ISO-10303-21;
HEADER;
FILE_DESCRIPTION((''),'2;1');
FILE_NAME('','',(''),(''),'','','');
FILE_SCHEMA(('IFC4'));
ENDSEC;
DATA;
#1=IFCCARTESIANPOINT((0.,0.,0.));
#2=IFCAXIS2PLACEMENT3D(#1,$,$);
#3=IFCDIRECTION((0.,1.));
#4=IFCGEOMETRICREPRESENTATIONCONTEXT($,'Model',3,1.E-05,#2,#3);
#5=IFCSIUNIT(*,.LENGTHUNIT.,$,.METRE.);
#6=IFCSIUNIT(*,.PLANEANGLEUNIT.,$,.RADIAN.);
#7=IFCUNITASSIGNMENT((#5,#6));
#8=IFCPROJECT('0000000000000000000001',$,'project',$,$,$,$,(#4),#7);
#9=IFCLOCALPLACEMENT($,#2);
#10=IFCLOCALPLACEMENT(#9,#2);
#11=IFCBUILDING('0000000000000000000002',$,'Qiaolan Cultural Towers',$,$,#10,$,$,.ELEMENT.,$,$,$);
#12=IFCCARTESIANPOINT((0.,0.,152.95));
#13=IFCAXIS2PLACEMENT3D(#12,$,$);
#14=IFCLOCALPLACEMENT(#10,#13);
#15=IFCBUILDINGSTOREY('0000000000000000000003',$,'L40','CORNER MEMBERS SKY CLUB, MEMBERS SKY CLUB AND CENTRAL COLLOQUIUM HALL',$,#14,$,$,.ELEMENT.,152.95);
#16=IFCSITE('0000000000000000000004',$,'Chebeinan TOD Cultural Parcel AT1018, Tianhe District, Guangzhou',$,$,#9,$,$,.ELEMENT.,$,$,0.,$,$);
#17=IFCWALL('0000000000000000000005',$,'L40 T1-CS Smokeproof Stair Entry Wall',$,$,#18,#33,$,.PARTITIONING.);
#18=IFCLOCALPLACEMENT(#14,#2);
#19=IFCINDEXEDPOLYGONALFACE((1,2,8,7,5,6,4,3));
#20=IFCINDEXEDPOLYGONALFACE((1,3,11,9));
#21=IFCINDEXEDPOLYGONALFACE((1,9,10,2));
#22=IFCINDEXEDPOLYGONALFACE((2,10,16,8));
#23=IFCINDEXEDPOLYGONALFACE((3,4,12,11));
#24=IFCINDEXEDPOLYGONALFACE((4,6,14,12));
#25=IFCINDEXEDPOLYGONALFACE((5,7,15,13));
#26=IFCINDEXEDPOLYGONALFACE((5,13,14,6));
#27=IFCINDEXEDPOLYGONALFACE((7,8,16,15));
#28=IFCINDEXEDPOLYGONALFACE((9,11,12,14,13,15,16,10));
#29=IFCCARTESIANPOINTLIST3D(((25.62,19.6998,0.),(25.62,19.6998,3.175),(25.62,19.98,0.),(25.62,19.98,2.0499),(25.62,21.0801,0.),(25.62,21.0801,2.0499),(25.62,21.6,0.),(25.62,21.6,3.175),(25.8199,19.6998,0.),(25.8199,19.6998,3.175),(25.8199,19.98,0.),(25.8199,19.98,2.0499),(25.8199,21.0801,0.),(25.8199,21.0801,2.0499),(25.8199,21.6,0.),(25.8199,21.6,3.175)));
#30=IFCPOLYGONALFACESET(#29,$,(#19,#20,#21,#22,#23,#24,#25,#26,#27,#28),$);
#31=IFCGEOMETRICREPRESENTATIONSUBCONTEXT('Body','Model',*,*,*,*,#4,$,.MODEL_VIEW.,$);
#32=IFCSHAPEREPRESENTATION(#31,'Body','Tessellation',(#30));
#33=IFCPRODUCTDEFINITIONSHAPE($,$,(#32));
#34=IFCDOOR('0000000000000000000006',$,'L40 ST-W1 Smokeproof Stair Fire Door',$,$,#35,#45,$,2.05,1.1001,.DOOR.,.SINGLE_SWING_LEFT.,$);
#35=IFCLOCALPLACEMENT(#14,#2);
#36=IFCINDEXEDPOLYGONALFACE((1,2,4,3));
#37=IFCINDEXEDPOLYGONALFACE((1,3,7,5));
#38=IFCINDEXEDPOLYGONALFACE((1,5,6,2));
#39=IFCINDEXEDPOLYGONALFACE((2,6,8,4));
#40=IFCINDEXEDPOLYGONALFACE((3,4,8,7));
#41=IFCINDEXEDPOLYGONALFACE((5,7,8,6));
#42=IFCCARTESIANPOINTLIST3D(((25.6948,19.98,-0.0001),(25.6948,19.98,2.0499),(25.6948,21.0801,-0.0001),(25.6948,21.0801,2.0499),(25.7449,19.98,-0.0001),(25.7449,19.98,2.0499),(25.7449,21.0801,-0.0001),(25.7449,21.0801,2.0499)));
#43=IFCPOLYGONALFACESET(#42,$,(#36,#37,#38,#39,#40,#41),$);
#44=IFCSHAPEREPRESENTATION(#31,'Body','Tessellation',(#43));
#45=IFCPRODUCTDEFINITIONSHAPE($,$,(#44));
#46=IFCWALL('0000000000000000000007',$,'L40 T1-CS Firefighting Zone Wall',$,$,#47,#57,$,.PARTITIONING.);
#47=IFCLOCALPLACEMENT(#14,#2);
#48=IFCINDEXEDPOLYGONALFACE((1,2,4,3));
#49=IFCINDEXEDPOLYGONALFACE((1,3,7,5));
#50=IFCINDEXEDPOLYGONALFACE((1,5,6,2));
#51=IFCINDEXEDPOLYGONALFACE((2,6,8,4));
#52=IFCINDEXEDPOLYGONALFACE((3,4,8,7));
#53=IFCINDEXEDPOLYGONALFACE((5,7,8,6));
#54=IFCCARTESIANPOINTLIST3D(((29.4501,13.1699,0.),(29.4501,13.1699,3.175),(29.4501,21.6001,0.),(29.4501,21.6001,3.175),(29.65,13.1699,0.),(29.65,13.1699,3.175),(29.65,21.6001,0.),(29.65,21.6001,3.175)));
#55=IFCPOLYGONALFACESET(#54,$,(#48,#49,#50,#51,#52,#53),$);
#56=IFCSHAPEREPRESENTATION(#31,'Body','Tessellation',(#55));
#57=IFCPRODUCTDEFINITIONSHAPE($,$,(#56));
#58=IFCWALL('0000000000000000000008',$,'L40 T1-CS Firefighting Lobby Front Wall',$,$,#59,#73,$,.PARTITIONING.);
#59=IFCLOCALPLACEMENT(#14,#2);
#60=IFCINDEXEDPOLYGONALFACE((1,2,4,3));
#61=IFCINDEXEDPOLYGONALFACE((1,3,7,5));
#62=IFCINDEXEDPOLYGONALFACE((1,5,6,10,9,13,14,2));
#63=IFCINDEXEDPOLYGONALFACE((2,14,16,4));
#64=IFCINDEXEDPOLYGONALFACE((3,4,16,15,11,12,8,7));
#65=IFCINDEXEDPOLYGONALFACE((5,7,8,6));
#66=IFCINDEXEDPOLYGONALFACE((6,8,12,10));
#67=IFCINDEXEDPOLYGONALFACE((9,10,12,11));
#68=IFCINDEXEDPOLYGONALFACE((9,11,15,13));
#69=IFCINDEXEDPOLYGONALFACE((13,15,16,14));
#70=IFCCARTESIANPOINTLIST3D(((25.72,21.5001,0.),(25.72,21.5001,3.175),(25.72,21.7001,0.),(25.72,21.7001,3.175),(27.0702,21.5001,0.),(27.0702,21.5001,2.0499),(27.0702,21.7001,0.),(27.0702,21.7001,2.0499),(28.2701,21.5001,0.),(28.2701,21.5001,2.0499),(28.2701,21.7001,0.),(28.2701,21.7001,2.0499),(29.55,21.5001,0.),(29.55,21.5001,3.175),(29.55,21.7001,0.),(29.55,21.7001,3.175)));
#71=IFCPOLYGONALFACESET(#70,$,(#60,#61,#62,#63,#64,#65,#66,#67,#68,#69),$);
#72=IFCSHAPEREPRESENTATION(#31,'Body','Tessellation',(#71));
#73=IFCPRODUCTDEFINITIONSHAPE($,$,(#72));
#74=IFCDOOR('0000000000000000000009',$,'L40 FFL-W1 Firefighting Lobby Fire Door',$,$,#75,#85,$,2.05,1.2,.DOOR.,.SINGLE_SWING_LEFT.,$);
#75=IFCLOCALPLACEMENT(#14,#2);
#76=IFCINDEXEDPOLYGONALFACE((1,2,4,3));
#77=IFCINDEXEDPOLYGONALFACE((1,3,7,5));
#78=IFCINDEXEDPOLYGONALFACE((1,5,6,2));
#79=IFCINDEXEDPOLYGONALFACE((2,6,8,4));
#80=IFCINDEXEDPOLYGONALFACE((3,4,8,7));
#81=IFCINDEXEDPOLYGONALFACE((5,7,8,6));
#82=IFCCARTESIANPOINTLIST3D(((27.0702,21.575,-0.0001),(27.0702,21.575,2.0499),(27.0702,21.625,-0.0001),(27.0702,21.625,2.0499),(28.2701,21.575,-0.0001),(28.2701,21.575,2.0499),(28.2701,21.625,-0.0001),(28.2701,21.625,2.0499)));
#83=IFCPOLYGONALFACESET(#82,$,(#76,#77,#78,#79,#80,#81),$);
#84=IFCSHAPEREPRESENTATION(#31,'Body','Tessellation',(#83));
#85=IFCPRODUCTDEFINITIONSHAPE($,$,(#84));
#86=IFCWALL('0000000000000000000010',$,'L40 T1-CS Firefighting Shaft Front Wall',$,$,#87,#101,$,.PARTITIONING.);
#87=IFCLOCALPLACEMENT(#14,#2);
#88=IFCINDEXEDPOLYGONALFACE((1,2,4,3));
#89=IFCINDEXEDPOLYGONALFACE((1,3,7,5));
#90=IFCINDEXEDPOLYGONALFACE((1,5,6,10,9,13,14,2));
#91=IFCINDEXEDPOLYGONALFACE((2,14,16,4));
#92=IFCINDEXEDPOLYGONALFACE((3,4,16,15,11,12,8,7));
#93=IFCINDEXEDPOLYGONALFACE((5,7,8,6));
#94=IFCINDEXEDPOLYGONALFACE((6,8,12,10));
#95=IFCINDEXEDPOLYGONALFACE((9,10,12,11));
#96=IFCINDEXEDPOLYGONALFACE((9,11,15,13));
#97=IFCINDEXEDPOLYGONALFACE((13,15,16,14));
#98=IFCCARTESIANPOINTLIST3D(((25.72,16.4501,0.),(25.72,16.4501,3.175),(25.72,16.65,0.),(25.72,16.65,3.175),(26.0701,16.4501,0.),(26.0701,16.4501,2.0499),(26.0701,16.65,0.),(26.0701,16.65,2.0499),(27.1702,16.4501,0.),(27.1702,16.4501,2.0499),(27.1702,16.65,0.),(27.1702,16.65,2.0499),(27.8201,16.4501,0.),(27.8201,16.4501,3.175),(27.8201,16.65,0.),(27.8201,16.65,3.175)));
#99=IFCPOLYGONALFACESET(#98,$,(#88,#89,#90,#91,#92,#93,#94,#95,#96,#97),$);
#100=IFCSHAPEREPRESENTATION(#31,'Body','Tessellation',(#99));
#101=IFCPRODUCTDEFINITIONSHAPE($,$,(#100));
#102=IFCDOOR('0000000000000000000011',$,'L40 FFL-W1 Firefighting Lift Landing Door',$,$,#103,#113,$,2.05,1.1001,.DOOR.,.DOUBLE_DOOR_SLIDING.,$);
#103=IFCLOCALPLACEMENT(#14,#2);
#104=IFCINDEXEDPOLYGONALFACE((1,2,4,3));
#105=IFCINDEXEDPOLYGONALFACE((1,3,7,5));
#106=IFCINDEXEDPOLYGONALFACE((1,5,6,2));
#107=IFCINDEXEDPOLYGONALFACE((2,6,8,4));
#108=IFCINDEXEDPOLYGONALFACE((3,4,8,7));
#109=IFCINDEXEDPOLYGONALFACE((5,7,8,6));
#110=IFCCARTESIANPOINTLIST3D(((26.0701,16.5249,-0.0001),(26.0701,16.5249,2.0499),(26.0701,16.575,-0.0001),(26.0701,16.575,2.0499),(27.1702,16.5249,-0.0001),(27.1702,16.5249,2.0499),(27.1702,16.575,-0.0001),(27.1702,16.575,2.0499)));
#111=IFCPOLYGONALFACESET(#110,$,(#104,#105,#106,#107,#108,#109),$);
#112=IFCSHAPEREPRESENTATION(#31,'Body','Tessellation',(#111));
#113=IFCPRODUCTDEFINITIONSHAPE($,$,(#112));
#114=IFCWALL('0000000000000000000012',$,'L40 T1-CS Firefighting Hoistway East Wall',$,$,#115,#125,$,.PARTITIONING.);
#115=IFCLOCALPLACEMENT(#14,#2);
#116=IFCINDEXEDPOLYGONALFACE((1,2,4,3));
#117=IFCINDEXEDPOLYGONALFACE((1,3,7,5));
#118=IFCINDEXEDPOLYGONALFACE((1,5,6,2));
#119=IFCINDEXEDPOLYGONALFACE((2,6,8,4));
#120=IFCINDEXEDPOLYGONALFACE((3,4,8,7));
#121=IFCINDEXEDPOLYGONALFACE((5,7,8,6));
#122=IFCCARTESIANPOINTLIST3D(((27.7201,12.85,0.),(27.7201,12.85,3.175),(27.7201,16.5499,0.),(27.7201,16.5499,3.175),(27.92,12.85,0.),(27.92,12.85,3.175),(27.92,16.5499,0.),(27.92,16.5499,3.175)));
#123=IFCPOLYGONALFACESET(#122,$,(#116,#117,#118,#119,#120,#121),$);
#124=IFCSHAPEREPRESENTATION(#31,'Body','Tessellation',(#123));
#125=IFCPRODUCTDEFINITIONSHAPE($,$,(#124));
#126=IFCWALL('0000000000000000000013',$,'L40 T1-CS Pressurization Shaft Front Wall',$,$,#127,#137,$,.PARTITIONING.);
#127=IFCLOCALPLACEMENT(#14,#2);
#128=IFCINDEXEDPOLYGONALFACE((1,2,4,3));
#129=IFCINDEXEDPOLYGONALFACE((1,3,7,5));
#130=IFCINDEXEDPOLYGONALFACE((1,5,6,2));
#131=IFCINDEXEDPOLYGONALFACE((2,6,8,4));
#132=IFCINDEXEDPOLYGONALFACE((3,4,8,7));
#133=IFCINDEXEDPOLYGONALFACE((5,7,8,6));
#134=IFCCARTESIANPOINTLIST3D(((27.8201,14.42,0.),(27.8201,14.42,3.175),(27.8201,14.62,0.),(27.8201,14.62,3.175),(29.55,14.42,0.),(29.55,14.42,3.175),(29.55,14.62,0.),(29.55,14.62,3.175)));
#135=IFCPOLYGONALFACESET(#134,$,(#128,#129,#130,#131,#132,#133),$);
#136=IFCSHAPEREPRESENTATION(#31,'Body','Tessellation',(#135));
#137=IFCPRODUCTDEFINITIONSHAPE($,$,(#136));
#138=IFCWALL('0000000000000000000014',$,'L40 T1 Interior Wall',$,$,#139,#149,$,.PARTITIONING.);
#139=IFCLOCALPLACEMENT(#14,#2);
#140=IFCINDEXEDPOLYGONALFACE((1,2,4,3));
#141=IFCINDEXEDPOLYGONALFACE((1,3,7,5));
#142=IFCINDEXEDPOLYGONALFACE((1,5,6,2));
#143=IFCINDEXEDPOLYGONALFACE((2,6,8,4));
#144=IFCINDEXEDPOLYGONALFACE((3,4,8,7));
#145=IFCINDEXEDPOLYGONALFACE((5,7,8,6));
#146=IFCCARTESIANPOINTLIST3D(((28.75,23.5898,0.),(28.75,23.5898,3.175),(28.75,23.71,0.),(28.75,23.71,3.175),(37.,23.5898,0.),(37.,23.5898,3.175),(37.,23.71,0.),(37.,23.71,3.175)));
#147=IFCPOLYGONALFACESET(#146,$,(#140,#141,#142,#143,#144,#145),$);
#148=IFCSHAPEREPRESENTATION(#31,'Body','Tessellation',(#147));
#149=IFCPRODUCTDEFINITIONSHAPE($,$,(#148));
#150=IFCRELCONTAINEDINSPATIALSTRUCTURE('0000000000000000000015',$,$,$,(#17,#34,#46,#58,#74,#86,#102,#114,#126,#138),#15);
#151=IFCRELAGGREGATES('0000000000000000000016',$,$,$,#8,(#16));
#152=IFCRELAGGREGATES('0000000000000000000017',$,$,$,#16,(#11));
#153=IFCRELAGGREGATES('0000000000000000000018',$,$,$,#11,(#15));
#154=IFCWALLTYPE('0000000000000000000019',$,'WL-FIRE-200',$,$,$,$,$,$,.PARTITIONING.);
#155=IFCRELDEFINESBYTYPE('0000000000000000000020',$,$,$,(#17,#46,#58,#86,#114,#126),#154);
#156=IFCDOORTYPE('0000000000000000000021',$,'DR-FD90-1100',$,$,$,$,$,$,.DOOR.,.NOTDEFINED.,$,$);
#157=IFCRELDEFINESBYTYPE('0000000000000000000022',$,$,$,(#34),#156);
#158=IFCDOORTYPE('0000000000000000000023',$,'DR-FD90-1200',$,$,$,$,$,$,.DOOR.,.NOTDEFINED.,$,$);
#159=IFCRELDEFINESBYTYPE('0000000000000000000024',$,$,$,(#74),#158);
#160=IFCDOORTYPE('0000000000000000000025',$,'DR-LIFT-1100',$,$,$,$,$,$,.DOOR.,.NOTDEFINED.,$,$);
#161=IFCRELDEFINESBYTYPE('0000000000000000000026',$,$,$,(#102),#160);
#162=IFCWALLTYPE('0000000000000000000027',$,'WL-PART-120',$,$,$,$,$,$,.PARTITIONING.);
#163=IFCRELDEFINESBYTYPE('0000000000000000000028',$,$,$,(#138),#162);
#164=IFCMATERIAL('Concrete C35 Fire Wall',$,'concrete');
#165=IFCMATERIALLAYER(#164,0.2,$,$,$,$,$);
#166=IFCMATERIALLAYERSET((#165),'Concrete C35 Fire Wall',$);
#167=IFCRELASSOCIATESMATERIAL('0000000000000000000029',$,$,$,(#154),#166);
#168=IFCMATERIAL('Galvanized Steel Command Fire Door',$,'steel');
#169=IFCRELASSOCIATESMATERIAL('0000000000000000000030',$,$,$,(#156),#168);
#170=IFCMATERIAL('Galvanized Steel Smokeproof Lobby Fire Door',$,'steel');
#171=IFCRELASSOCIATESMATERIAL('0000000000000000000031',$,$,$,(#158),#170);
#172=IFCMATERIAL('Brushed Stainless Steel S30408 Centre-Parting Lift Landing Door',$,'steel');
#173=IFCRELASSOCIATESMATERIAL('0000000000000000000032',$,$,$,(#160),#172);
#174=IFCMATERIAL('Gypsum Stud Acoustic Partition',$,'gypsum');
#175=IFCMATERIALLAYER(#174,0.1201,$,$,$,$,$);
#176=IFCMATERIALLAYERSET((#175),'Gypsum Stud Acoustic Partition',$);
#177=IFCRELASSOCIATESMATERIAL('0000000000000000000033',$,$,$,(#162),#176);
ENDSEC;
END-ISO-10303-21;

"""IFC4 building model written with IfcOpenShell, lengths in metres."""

from ifc_helpers import new_model, si_unit, direction, frame, frame_2d, origin, place, context, subcontext, project, spatial, rectangle, extrude, material, layer, layer_set, type_object, element, fill, save


model = new_model("IFC4")

# Units and contexts
model_context = context("Model", 3, precision=1e-05, world=origin(), true_north=direction((0.0, 1.0)))
body_context = subcontext(model_context, "Body", "Model", "MODEL_VIEW")
ifc_project = project(units=[si_unit("LENGTHUNIT", "METRE"), si_unit("PLANEANGLEUNIT", "RADIAN")], contexts=[model_context])

# Site, building, storey
site_placement = place(None, origin())
site = spatial("IfcSite", under=ifc_project, at=site_placement, Name="Chebeinan TOD Cultural Parcel AT1018, Tianhe District, Guangzhou", CompositionType="ELEMENT", RefElevation=0.0)
building_placement = place(site_placement, origin())
building = spatial("IfcBuilding", under=site, at=building_placement, Name="Qiaolan Cultural Towers", CompositionType="ELEMENT")
storey_placement = place(building_placement, frame((0.0, 0.0, 152.95)))
storey = spatial("IfcBuildingStorey", under=building, at=storey_placement, Name="L40", Description="CORNER MEMBERS SKY CLUB, MEMBERS SKY CLUB AND CENTRAL COLLOQUIUM HALL", CompositionType="ELEMENT", Elevation=152.95)

# Wall, opening, door
ifc_material_1 = material(Name="Concrete C35 Fire Wall", Category="concrete")
ifc_layer_1 = layer(ifc_material_1, 0.2)
ifc_layer_set_1 = layer_set([ifc_layer_1], Name="Concrete C35 Fire Wall")
wall_type_1 = type_object("IfcWallType", Name="WL-FIRE-200", PredefinedType="PARTITIONING", material=ifc_layer_set_1)
wall_1_placement = place(storey_placement, frame((25.72, 21.6001, 0.0), z_axis=(0.0, 0.0, 1.0), x_axis=(0.0, -1.0, 0.0)))
wall_1 = element("IfcWall", 1, at=wall_1_placement, inside=storey, type_object=wall_type_1, Name="L40 T1-CS Smokeproof Stair Entry Wall", PredefinedType="PARTITIONING", context=body_context, shape_type="SweptSolid", body=[
    extrude(rectangle(XDim=1.9001, YDim=0.2, at=frame_2d((0.9502, 0.0))), origin(), (0.0, 0.0, 1.0), 3.175),
])
opening_1_placement = place(wall_1_placement, frame((0.52, 0.0, 0.0)))
opening_1 = element("IfcOpeningElement", 2, at=opening_1_placement, cuts=wall_1, PredefinedType="OPENING", context=body_context, shape_type="SweptSolid", body=[
    extrude(rectangle(XDim=1.1001, YDim=2.05, at=frame_2d((0.55, 1.0249))), frame((0.0, 0.1099, 0.0), z_axis=(0.0, -1.0, 0.0), x_axis=(1.0, 0.0, 0.0)), (0.0, 0.0, 1.0), 0.22),
])
ifc_material_2 = material(Name="Galvanized Steel Command Fire Door", Category="steel")
door_type_1 = type_object("IfcDoorType", Name="DR-FD90-1100", OperationType="NOTDEFINED", PredefinedType="DOOR", material=ifc_material_2)
door_1_placement = place(opening_1_placement, origin())
door_1 = element("IfcDoor", 3, at=door_1_placement, inside=storey, type_object=door_type_1, Name="L40 ST-W1 Smokeproof Stair Fire Door", OperationType="SINGLE_SWING_LEFT", OverallHeight=2.05, OverallWidth=1.1001, PredefinedType="DOOR", context=body_context, shape_type="SweptSolid", body=[
    extrude(rectangle(XDim=1.1001, YDim=2.05, at=frame_2d((0.55, 1.0249))), frame((0.0, 0.0249, 0.0), z_axis=(0.0, -1.0, 0.0), x_axis=(1.0, 0.0, 0.0)), (0.0, 0.0, 1.0), 0.05),
])
fill(opening_1, door_1)

# Wall
wall_2_placement = place(storey_placement, frame((29.55, 21.6001, 0.0), z_axis=(0.0, 0.0, 1.0), x_axis=(0.0, -1.0, 0.0)))
element("IfcWall", 4, at=wall_2_placement, inside=storey, type_object=wall_type_1, Name="L40 T1-CS Firefighting Zone Wall", PredefinedType="PARTITIONING", context=body_context, shape_type="SweptSolid", body=[
    extrude(rectangle(XDim=8.4302, YDim=0.2, at=frame_2d((4.2151, 0.0))), origin(), (0.0, 0.0, 1.0), 3.175),
])

# Walls, openings, doors
wall_3_placement = place(storey_placement, frame((25.72, 21.6001, 0.0), z_axis=(0.0, 0.0, 1.0), x_axis=(1.0, 0.0, 0.0)))
wall_3 = element("IfcWall", 5, at=wall_3_placement, inside=storey, type_object=wall_type_1, Name="L40 T1-CS Firefighting Lobby Front Wall", PredefinedType="PARTITIONING", context=body_context, shape_type="SweptSolid", body=[
    extrude(rectangle(XDim=3.8301, YDim=0.2, at=frame_2d((1.915, 0.0))), origin(), (0.0, 0.0, 1.0), 3.175),
])
opening_2_placement = place(wall_3_placement, frame((1.3501, 0.0, 0.0)))
opening_2 = element("IfcOpeningElement", 6, at=opening_2_placement, cuts=wall_3, PredefinedType="OPENING", context=body_context, shape_type="SweptSolid", body=[
    extrude(rectangle(XDim=1.2, YDim=2.05, at=frame_2d((0.6001, 1.0249))), frame((0.0, 0.1099, 0.0), z_axis=(0.0, -1.0, 0.0), x_axis=(1.0, 0.0, 0.0)), (0.0, 0.0, 1.0), 0.22),
])
ifc_material_3 = material(Name="Galvanized Steel Smokeproof Lobby Fire Door", Category="steel")
door_type_2 = type_object("IfcDoorType", Name="DR-FD90-1200", OperationType="NOTDEFINED", PredefinedType="DOOR", material=ifc_material_3)
door_2_placement = place(opening_2_placement, origin())
door_2 = element("IfcDoor", 7, at=door_2_placement, inside=storey, type_object=door_type_2, Name="L40 FFL-W1 Firefighting Lobby Fire Door", OperationType="SINGLE_SWING_LEFT", OverallHeight=2.05, OverallWidth=1.2, PredefinedType="DOOR", context=body_context, shape_type="SweptSolid", body=[
    extrude(rectangle(XDim=1.2, YDim=2.05, at=frame_2d((0.6001, 1.0249))), frame((0.0, 0.0249, 0.0), z_axis=(0.0, -1.0, 0.0), x_axis=(1.0, 0.0, 0.0)), (0.0, 0.0, 1.0), 0.05),
])
fill(opening_2, door_2)
wall_4_placement = place(storey_placement, frame((25.72, 16.55, 0.0), z_axis=(0.0, 0.0, 1.0), x_axis=(1.0, 0.0, 0.0)))
wall_4 = element("IfcWall", 8, at=wall_4_placement, inside=storey, type_object=wall_type_1, Name="L40 T1-CS Firefighting Shaft Front Wall", PredefinedType="PARTITIONING", context=body_context, shape_type="SweptSolid", body=[
    extrude(rectangle(XDim=2.1001, YDim=0.2, at=frame_2d((1.05, 0.0))), origin(), (0.0, 0.0, 1.0), 3.175),
])
opening_3_placement = place(wall_4_placement, frame((0.3501, 0.0, 0.0)))
opening_3 = element("IfcOpeningElement", 9, at=opening_3_placement, cuts=wall_4, PredefinedType="OPENING", context=body_context, shape_type="SweptSolid", body=[
    extrude(rectangle(XDim=1.1001, YDim=2.05, at=frame_2d((0.55, 1.0249))), frame((0.0, 0.1099, 0.0), z_axis=(0.0, -1.0, 0.0), x_axis=(1.0, 0.0, 0.0)), (0.0, 0.0, 1.0), 0.22),
])
ifc_material_4 = material(Name="Brushed Stainless Steel S30408 Centre-Parting Lift Landing Door", Category="steel")
door_type_3 = type_object("IfcDoorType", Name="DR-LIFT-1100", OperationType="NOTDEFINED", PredefinedType="DOOR", material=ifc_material_4)
door_3_placement = place(opening_3_placement, origin())
door_3 = element("IfcDoor", 10, at=door_3_placement, inside=storey, type_object=door_type_3, Name="L40 FFL-W1 Firefighting Lift Landing Door", OperationType="DOUBLE_DOOR_SLIDING", OverallHeight=2.05, OverallWidth=1.1001, PredefinedType="DOOR", context=body_context, shape_type="SweptSolid", body=[
    extrude(rectangle(XDim=1.1001, YDim=2.05, at=frame_2d((0.55, 1.0249))), frame((0.0, 0.0249, 0.0), z_axis=(0.0, -1.0, 0.0), x_axis=(1.0, 0.0, 0.0)), (0.0, 0.0, 1.0), 0.05),
])
fill(opening_3, door_3)

# Walls
wall_5_placement = place(storey_placement, frame((27.8201, 16.55, 0.0), z_axis=(0.0, 0.0, 1.0), x_axis=(0.0, -1.0, 0.0)))
element("IfcWall", 11, at=wall_5_placement, inside=storey, type_object=wall_type_1, Name="L40 T1-CS Firefighting Hoistway East Wall", PredefinedType="PARTITIONING", context=body_context, shape_type="SweptSolid", body=[
    extrude(rectangle(XDim=3.7, YDim=0.2, at=frame_2d((1.8501, 0.0))), origin(), (0.0, 0.0, 1.0), 3.175),
])
wall_6_placement = place(storey_placement, frame((27.8201, 14.52, 0.0), z_axis=(0.0, 0.0, 1.0), x_axis=(1.0, 0.0, 0.0)))
element("IfcWall", 12, at=wall_6_placement, inside=storey, type_object=wall_type_1, Name="L40 T1-CS Pressurization Shaft Front Wall", PredefinedType="PARTITIONING", context=body_context, shape_type="SweptSolid", body=[
    extrude(rectangle(XDim=1.73, YDim=0.2, at=frame_2d((0.865, 0.0))), origin(), (0.0, 0.0, 1.0), 3.175),
])
ifc_material_5 = material(Name="Gypsum Stud Acoustic Partition", Category="gypsum")
ifc_layer_2 = layer(ifc_material_5, 0.1201)
ifc_layer_set_2 = layer_set([ifc_layer_2], Name="Gypsum Stud Acoustic Partition")
wall_type_2 = type_object("IfcWallType", Name="WL-PART-120", PredefinedType="PARTITIONING", material=ifc_layer_set_2)
wall_7_placement = place(storey_placement, frame((28.75, 23.6499, 0.0), z_axis=(0.0, 0.0, 1.0), x_axis=(1.0, 0.0, 0.0)))
element("IfcWall", 13, at=wall_7_placement, inside=storey, type_object=wall_type_2, Name="L40 T1 Interior Wall", PredefinedType="PARTITIONING", context=body_context, shape_type="SweptSolid", body=[
    extrude(rectangle(XDim=8.25, YDim=0.1201, at=frame_2d((4.125, 0.0))), origin(), (0.0, 0.0, 1.0), 3.175),
])

save(model, "model.ifc")
